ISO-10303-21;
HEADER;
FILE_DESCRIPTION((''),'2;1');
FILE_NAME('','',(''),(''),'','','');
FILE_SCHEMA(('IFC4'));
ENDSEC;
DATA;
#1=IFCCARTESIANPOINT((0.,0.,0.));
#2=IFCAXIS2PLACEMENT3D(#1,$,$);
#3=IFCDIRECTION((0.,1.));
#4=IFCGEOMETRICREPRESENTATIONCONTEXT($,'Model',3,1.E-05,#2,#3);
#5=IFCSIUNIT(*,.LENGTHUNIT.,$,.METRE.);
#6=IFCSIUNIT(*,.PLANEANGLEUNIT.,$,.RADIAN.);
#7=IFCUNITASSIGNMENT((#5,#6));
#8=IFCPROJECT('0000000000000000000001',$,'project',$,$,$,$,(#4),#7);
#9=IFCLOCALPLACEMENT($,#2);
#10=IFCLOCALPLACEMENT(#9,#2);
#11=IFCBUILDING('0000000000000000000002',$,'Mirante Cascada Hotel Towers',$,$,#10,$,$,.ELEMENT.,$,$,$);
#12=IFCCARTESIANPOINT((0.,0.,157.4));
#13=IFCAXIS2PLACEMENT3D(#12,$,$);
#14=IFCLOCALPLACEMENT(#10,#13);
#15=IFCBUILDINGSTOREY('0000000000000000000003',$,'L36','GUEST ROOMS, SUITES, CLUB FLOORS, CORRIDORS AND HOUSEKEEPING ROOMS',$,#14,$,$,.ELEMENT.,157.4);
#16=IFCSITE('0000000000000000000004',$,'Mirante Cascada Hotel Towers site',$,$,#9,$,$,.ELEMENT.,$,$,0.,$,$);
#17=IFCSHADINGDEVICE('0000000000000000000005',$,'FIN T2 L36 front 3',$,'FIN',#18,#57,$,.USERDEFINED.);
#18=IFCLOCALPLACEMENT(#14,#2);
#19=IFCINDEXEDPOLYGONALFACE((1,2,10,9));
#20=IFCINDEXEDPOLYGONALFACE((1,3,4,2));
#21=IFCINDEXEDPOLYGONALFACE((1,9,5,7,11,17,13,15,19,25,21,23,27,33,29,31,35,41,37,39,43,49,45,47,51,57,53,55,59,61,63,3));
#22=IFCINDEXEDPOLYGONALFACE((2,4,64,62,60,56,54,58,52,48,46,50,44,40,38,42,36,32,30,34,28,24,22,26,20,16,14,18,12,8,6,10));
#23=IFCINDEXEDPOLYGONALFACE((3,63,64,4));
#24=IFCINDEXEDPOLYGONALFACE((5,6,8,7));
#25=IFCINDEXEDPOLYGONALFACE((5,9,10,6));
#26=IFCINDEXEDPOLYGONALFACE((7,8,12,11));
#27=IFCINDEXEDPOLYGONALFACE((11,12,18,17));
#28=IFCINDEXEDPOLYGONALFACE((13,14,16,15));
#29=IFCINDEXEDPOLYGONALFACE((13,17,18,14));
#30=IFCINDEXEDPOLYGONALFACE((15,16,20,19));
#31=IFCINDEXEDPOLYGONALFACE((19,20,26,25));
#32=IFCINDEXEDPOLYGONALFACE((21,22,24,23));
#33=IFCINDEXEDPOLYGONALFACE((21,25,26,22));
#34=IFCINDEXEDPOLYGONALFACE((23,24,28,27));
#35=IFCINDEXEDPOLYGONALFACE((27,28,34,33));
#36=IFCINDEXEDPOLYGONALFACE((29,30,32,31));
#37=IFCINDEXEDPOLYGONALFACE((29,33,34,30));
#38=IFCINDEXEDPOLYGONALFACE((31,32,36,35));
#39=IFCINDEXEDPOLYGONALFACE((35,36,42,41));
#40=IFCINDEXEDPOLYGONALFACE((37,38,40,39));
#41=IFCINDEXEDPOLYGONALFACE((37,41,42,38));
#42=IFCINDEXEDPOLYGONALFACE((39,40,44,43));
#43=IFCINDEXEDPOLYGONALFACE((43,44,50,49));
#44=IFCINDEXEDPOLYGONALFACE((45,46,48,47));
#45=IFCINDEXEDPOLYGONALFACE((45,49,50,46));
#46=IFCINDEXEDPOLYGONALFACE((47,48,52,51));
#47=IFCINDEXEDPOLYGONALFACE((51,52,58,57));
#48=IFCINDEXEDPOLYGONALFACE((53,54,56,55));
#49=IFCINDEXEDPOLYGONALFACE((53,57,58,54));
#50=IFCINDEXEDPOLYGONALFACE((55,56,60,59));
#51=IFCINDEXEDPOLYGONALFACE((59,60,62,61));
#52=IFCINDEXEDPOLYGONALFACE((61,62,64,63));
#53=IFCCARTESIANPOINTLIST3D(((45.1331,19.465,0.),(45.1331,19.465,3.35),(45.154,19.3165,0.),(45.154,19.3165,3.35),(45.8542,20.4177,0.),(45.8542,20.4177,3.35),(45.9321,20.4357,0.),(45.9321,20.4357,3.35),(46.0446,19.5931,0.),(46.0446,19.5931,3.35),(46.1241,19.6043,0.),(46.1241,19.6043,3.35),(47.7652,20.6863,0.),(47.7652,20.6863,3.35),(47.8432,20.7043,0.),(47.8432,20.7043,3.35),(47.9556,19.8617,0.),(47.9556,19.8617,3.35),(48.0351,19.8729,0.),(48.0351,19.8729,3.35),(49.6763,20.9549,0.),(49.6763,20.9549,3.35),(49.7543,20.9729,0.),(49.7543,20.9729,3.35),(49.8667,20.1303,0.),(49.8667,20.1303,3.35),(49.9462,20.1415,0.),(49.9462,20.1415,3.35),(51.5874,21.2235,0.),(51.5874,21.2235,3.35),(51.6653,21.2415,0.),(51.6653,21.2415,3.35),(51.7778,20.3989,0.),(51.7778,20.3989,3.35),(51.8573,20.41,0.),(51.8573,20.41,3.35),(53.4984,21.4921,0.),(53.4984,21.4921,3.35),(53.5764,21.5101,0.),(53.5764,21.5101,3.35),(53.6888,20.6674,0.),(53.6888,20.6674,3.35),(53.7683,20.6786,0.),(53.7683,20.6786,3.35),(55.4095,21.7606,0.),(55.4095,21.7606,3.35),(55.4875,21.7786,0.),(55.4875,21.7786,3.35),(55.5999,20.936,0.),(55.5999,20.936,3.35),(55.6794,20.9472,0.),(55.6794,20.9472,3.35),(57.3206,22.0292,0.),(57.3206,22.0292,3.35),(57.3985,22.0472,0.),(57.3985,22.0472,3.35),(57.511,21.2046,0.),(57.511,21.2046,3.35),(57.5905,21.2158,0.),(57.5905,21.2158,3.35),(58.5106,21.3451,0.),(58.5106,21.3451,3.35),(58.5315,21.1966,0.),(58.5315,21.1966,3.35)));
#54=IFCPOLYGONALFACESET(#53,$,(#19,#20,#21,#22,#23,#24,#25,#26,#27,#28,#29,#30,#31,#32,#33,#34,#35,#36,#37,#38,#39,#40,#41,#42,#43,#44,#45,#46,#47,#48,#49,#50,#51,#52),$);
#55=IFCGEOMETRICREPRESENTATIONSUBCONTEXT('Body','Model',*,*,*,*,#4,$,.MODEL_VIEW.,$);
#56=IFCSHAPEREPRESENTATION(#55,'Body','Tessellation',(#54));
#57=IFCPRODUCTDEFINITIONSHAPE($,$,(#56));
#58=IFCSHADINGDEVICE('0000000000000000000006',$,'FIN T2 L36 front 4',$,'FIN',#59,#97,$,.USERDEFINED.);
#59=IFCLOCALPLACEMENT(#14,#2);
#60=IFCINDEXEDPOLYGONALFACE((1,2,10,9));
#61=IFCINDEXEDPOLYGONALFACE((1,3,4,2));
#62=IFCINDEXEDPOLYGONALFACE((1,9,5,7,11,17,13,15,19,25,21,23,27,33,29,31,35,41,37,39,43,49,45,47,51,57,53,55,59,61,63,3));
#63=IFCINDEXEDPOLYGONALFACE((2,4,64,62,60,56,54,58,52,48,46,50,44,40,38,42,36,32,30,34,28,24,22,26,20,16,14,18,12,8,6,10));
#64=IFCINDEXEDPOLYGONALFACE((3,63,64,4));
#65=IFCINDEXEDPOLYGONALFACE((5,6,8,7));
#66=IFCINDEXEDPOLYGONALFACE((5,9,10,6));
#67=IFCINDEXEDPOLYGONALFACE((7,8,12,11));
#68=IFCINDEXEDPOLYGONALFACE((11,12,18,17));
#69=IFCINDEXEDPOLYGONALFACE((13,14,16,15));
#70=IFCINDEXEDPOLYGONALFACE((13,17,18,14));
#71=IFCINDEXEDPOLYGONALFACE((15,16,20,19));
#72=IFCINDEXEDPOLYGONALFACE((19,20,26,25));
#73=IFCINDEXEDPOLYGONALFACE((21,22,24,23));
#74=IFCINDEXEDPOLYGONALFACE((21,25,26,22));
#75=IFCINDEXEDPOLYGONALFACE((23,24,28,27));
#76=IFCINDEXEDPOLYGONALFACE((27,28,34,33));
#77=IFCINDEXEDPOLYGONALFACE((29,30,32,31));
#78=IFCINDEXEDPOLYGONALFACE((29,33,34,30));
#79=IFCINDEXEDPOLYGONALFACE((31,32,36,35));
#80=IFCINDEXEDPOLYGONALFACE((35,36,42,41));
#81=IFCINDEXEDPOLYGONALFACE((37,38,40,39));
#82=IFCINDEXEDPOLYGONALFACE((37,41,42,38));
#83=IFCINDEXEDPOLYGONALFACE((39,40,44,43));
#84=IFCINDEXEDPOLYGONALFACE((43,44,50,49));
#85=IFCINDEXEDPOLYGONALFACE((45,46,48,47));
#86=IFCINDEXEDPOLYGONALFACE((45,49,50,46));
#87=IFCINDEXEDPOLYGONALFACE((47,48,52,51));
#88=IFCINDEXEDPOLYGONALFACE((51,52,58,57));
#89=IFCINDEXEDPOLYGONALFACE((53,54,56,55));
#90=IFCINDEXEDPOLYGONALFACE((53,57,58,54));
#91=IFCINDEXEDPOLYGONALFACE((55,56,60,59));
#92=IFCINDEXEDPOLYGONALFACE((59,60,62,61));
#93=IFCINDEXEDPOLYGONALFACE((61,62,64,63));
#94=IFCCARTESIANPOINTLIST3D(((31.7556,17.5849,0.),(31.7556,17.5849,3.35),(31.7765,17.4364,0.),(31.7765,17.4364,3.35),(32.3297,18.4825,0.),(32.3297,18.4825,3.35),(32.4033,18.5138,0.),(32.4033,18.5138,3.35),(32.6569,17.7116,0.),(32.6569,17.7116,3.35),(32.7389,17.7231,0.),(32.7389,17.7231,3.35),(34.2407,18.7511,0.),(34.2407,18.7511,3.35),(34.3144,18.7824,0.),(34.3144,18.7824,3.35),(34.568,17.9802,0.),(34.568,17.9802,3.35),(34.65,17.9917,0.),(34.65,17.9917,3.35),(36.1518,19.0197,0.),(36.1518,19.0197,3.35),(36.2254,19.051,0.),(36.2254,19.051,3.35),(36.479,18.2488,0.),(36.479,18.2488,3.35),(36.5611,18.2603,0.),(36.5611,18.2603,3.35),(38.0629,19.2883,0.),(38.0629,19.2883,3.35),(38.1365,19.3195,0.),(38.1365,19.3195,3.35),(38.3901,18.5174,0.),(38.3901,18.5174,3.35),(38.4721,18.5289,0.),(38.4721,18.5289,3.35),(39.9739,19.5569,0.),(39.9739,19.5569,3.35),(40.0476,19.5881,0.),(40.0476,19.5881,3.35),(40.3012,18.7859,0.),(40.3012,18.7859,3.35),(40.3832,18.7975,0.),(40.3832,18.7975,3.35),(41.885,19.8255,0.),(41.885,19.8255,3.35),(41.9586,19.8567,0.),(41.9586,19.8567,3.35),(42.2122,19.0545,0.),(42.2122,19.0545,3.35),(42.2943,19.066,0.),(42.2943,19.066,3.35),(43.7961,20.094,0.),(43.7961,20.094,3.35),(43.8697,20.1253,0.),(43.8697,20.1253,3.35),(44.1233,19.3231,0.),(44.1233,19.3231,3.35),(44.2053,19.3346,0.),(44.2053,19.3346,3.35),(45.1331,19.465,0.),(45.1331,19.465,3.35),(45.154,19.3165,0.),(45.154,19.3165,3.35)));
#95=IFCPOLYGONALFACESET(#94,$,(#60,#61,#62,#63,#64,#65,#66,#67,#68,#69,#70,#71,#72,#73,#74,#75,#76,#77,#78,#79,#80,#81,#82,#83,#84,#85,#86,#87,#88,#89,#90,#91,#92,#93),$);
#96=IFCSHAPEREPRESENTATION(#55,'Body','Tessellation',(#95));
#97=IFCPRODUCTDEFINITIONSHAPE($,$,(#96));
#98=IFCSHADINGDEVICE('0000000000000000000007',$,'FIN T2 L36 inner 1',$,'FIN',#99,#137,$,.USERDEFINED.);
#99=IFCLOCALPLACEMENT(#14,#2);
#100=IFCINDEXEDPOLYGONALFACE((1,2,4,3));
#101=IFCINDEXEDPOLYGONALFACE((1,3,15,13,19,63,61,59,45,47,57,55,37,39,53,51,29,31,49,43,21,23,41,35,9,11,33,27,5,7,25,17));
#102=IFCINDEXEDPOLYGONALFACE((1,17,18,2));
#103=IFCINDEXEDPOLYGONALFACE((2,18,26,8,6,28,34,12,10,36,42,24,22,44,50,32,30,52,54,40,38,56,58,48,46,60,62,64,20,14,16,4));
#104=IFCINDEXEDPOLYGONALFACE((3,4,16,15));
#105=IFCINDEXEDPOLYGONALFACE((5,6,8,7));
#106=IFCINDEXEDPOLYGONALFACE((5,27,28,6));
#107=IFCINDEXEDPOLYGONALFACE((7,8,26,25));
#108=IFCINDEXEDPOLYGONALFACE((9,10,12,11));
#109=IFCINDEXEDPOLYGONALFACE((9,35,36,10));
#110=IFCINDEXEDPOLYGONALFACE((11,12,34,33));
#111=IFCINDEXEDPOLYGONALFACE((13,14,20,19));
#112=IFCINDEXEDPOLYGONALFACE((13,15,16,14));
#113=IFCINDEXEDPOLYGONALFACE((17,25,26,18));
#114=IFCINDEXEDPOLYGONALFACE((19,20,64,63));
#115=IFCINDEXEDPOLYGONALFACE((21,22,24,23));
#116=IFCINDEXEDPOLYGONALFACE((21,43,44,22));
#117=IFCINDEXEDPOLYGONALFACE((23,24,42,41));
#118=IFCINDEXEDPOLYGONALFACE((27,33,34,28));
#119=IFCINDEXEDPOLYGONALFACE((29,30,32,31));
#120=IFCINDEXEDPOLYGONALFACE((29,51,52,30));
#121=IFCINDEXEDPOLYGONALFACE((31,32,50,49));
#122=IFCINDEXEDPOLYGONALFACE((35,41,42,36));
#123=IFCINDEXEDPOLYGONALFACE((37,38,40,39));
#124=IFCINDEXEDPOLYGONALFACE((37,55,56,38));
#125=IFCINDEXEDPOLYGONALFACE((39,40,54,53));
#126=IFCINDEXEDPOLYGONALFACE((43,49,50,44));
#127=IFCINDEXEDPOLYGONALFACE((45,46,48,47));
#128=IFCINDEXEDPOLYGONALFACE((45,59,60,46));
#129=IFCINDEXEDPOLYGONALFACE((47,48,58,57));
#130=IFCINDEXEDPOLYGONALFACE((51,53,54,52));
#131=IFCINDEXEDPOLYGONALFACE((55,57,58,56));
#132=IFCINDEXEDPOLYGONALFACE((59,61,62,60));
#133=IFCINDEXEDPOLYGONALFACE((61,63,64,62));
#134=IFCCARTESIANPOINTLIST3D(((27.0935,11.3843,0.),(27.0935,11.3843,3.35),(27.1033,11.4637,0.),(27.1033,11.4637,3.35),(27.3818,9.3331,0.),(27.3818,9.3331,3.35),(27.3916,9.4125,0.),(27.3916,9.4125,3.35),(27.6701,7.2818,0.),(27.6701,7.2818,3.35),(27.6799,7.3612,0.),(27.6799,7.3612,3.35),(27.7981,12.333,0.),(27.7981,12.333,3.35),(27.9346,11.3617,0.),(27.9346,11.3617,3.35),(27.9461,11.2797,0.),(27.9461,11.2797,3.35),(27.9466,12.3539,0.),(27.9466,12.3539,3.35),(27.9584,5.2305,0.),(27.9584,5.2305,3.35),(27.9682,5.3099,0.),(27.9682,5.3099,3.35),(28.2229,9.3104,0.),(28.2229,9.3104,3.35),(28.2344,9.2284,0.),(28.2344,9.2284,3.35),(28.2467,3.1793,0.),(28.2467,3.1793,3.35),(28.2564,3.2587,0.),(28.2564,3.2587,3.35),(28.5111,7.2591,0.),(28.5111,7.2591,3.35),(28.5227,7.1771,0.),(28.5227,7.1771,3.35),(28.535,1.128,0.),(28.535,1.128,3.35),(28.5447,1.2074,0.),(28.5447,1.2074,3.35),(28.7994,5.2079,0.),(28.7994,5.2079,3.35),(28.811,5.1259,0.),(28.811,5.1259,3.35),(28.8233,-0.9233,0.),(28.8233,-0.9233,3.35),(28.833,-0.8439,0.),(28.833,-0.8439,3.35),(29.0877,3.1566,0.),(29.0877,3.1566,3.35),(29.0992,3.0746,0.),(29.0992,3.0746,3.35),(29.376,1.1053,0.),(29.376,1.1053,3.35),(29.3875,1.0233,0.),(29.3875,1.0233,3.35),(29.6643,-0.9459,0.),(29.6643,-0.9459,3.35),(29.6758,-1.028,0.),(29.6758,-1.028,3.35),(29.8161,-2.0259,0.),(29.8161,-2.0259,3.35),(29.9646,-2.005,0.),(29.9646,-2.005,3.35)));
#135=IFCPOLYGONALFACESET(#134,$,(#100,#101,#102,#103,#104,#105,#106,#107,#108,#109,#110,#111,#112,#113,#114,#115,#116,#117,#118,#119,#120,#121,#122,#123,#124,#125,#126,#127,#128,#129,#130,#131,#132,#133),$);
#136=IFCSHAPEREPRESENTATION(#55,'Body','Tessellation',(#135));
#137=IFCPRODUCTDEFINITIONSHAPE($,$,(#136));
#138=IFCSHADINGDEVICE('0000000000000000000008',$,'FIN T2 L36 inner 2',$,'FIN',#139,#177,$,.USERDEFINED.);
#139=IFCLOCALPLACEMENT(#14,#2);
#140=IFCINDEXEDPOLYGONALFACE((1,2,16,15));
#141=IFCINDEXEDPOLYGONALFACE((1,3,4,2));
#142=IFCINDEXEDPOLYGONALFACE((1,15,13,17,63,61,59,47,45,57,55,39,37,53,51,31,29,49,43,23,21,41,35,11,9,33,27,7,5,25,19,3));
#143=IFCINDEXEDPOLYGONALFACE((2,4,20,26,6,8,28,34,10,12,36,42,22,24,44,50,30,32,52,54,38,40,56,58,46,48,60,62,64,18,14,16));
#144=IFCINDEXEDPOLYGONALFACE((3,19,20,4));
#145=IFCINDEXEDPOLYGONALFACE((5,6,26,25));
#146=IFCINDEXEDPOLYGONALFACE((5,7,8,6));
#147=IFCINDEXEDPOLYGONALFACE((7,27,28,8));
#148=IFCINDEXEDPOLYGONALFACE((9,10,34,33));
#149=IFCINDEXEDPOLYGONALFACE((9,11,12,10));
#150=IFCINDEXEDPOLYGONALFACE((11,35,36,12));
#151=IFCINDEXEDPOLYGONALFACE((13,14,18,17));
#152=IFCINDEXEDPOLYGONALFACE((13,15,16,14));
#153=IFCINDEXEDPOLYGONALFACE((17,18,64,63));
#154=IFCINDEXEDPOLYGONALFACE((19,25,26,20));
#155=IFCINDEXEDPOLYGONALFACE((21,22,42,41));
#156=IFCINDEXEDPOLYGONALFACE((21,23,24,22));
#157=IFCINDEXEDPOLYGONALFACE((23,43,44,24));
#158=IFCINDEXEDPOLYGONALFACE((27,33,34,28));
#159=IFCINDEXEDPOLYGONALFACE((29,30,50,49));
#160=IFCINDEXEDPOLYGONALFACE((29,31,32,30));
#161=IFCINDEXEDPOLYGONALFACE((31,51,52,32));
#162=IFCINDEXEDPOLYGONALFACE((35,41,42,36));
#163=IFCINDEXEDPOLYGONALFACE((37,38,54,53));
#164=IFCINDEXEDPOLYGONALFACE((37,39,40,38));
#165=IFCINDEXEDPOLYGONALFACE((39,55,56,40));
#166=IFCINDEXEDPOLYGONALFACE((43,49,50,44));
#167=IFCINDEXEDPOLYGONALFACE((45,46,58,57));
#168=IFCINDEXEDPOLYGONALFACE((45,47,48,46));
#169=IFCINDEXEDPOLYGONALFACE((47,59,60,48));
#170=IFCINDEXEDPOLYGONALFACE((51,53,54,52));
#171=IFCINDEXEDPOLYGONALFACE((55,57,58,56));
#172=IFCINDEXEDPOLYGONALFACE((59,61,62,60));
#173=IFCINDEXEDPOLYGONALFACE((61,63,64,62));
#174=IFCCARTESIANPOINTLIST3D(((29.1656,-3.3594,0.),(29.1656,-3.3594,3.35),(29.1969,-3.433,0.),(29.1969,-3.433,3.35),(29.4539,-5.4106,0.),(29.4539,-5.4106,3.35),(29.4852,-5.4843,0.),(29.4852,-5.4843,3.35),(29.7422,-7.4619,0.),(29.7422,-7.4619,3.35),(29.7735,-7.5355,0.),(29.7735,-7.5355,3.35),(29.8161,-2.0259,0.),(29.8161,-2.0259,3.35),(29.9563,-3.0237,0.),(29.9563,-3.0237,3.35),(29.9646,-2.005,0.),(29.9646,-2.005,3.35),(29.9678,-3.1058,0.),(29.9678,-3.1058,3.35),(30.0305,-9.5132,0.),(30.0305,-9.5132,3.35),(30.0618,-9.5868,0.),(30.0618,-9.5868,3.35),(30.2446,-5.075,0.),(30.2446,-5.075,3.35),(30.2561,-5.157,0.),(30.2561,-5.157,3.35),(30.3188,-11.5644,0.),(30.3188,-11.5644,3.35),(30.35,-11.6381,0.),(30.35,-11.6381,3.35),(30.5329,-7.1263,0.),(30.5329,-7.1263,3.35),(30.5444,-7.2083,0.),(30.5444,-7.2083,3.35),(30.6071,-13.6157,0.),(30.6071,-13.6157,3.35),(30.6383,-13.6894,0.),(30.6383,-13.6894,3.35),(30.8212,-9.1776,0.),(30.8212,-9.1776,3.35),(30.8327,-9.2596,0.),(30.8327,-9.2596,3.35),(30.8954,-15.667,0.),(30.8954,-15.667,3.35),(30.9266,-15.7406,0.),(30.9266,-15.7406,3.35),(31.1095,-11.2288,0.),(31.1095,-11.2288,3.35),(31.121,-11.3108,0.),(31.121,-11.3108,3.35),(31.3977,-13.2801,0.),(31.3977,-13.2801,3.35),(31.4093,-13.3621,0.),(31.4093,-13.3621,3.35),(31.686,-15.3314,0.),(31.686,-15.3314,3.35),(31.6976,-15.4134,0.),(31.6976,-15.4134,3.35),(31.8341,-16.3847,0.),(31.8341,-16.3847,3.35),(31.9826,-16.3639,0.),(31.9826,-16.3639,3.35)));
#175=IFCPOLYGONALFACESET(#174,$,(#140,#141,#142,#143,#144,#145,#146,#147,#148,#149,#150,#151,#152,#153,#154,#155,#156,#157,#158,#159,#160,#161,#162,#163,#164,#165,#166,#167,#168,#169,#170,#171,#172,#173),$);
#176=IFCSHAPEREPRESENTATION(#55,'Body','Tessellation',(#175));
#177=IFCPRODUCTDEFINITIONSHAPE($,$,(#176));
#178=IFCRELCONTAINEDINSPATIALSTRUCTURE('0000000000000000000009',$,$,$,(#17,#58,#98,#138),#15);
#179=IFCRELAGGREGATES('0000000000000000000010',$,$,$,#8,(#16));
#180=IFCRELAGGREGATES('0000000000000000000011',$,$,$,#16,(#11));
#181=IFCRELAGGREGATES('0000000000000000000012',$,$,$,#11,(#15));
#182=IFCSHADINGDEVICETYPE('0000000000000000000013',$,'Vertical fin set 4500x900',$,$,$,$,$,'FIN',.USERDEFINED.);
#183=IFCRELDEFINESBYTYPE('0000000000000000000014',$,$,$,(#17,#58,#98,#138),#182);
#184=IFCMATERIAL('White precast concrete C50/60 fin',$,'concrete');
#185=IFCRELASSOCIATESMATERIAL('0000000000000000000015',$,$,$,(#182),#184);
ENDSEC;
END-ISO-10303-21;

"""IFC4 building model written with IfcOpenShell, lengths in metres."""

from ifc_helpers import new_model, si_unit, direction, frame, origin, place, context, subcontext, project, spatial, polyline, outline, extrude, material, type_object, element, save


model = new_model("IFC4")

# Units and contexts
model_context = context("Model", 3, precision=1e-05, world=origin(), true_north=direction((0.0, 1.0)))
body_context = subcontext(model_context, "Body", "Model", "MODEL_VIEW")
ifc_project = project(units=[si_unit("LENGTHUNIT", "METRE"), si_unit("PLANEANGLEUNIT", "RADIAN")], contexts=[model_context])

# Site, building, storey
site_placement = place(None, origin())
site = spatial("IfcSite", under=ifc_project, at=site_placement, Name="Mirante Cascada Hotel Towers site", CompositionType="ELEMENT", RefElevation=0.0)
building_placement = place(site_placement, origin())
building = spatial("IfcBuilding", under=site, at=building_placement, Name="Mirante Cascada Hotel Towers", CompositionType="ELEMENT")
storey_placement = place(building_placement, frame((0.0, 0.0, 157.4)))
storey = spatial("IfcBuildingStorey", under=building, at=storey_placement, Name="L36", Description="GUEST ROOMS, SUITES, CLUB FLOORS, CORRIDORS AND HOUSEKEEPING ROOMS", CompositionType="ELEMENT", Elevation=157.4)

# Shading devices
ifc_material_1 = material(Name="White precast concrete C50/60 fin", Category="concrete")
shading_device_type = type_object("IfcShadingDeviceType", Name="Vertical fin set 4500x900", ElementType="FIN", PredefinedType="USERDEFINED", material=ifc_material_1)
shading_device_1_placement = place(storey_placement, origin())
element("IfcShadingDevice", 1, at=shading_device_1_placement, inside=storey, type_object=shading_device_type, Name="FIN T2 L36 front 3", ObjectType="FIN", PredefinedType="USERDEFINED", context=body_context, shape_type="SweptSolid", body=[
    extrude(outline(polyline([(45.9321, 20.4357), (46.1241, 19.6043), (47.9556, 19.8617), (47.7652, 20.6863), (47.8432, 20.7043), (48.0351, 19.8729), (49.8667, 20.1303), (49.6763, 20.9549), (49.7543, 20.9729), (49.9462, 20.1415), (51.7778, 20.3989), (51.5874, 21.2235), (51.6653, 21.2415), (51.8573, 20.41), (53.6888, 20.6674), (53.4984, 21.4921), (53.5764, 21.5101), (53.7683, 20.6786), (55.5999, 20.936), (55.4095, 21.7606), (55.4875, 21.7786), (55.6794, 20.9472), (57.511, 21.2046), (57.3206, 22.0292), (57.3985, 22.0472), (57.5905, 21.2158), (58.5106, 21.3451), (58.5315, 21.1966), (45.154, 19.3165), (45.1331, 19.465), (46.0446, 19.5931), (45.8542, 20.4177), (45.9321, 20.4357)])), origin(), (0.0, 0.0, 1.0), 3.35),
])
shading_device_2_placement = place(storey_placement, origin())
element("IfcShadingDevice", 2, at=shading_device_2_placement, inside=storey, type_object=shading_device_type, Name="FIN T2 L36 front 4", ObjectType="FIN", PredefinedType="USERDEFINED", context=body_context, shape_type="SweptSolid", body=[
    extrude(outline(polyline([(32.4033, 18.5138), (32.7389, 17.7231), (34.568, 17.9802), (34.2407, 18.7511), (34.3144, 18.7824), (34.65, 17.9917), (36.479, 18.2488), (36.1518, 19.0197), (36.2254, 19.051), (36.5611, 18.2603), (38.3901, 18.5174), (38.0629, 19.2883), (38.1365, 19.3195), (38.4721, 18.5289), (40.3012, 18.7859), (39.9739, 19.5569), (40.0476, 19.5881), (40.3832, 18.7975), (42.2122, 19.0545), (41.885, 19.8255), (41.9586, 19.8567), (42.2943, 19.066), (44.1233, 19.3231), (43.7961, 20.094), (43.8697, 20.1253), (44.2053, 19.3346), (45.1331, 19.465), (45.154, 19.3165), (31.7765, 17.4364), (31.7556, 17.5849), (32.6569, 17.7116), (32.3297, 18.4825), (32.4033, 18.5138)])), origin(), (0.0, 0.0, 1.0), 3.35),
])
shading_device_3_placement = place(storey_placement, origin())
element("IfcShadingDevice", 3, at=shading_device_3_placement, inside=storey, type_object=shading_device_type, Name="FIN T2 L36 inner 1", ObjectType="FIN", PredefinedType="USERDEFINED", context=body_context, shape_type="SweptSolid", body=[
    extrude(outline(polyline([(28.833, -0.8439), (29.6643, -0.9459), (29.3875, 1.0233), (28.535, 1.128), (28.5447, 1.2074), (29.376, 1.1053), (29.0992, 3.0746), (28.2467, 3.1793), (28.2564, 3.2587), (29.0877, 3.1566), (28.811, 5.1259), (27.9584, 5.2305), (27.9682, 5.3099), (28.7994, 5.2079), (28.5227, 7.1771), (27.6701, 7.2818), (27.6799, 7.3612), (28.5111, 7.2591), (28.2344, 9.2284), (27.3818, 9.3331), (27.3916, 9.4125), (28.2229, 9.3104), (27.9461, 11.2797), (27.0935, 11.3843), (27.1033, 11.4637), (27.9346, 11.3617), (27.7981, 12.333), (27.9466, 12.3539), (29.9646, -2.005), (29.8161, -2.0259), (29.6758, -1.028), (28.8233, -0.9233), (28.833, -0.8439)])), origin(), (0.0, 0.0, 1.0), 3.35),
])
shading_device_4_placement = place(storey_placement, origin())
element("IfcShadingDevice", 4, at=shading_device_4_placement, inside=storey, type_object=shading_device_type, Name="FIN T2 L36 inner 2", ObjectType="FIN", PredefinedType="USERDEFINED", context=body_context, shape_type="SweptSolid", body=[
    extrude(outline(polyline([(30.8954, -15.667), (31.686, -15.3314), (31.4093, -13.3621), (30.6383, -13.6894), (30.6071, -13.6157), (31.3977, -13.2801), (31.121, -11.3108), (30.35, -11.6381), (30.3188, -11.5644), (31.1095, -11.2288), (30.8327, -9.2596), (30.0618, -9.5868), (30.0305, -9.5132), (30.8212, -9.1776), (30.5444, -7.2083), (29.7735, -7.5355), (29.7422, -7.4619), (30.5329, -7.1263), (30.2561, -5.157), (29.4852, -5.4843), (29.4539, -5.4106), (30.2446, -5.075), (29.9678, -3.1058), (29.1969, -3.433), (29.1656, -3.3594), (29.9563, -3.0237), (29.8161, -2.0259), (29.9646, -2.005), (31.9826, -16.3639), (31.8341, -16.3847), (31.6976, -15.4134), (30.9266, -15.7406), (30.8954, -15.667)])), origin(), (0.0, 0.0, 1.0), 3.35),
])

save(model, "model.ifc")
